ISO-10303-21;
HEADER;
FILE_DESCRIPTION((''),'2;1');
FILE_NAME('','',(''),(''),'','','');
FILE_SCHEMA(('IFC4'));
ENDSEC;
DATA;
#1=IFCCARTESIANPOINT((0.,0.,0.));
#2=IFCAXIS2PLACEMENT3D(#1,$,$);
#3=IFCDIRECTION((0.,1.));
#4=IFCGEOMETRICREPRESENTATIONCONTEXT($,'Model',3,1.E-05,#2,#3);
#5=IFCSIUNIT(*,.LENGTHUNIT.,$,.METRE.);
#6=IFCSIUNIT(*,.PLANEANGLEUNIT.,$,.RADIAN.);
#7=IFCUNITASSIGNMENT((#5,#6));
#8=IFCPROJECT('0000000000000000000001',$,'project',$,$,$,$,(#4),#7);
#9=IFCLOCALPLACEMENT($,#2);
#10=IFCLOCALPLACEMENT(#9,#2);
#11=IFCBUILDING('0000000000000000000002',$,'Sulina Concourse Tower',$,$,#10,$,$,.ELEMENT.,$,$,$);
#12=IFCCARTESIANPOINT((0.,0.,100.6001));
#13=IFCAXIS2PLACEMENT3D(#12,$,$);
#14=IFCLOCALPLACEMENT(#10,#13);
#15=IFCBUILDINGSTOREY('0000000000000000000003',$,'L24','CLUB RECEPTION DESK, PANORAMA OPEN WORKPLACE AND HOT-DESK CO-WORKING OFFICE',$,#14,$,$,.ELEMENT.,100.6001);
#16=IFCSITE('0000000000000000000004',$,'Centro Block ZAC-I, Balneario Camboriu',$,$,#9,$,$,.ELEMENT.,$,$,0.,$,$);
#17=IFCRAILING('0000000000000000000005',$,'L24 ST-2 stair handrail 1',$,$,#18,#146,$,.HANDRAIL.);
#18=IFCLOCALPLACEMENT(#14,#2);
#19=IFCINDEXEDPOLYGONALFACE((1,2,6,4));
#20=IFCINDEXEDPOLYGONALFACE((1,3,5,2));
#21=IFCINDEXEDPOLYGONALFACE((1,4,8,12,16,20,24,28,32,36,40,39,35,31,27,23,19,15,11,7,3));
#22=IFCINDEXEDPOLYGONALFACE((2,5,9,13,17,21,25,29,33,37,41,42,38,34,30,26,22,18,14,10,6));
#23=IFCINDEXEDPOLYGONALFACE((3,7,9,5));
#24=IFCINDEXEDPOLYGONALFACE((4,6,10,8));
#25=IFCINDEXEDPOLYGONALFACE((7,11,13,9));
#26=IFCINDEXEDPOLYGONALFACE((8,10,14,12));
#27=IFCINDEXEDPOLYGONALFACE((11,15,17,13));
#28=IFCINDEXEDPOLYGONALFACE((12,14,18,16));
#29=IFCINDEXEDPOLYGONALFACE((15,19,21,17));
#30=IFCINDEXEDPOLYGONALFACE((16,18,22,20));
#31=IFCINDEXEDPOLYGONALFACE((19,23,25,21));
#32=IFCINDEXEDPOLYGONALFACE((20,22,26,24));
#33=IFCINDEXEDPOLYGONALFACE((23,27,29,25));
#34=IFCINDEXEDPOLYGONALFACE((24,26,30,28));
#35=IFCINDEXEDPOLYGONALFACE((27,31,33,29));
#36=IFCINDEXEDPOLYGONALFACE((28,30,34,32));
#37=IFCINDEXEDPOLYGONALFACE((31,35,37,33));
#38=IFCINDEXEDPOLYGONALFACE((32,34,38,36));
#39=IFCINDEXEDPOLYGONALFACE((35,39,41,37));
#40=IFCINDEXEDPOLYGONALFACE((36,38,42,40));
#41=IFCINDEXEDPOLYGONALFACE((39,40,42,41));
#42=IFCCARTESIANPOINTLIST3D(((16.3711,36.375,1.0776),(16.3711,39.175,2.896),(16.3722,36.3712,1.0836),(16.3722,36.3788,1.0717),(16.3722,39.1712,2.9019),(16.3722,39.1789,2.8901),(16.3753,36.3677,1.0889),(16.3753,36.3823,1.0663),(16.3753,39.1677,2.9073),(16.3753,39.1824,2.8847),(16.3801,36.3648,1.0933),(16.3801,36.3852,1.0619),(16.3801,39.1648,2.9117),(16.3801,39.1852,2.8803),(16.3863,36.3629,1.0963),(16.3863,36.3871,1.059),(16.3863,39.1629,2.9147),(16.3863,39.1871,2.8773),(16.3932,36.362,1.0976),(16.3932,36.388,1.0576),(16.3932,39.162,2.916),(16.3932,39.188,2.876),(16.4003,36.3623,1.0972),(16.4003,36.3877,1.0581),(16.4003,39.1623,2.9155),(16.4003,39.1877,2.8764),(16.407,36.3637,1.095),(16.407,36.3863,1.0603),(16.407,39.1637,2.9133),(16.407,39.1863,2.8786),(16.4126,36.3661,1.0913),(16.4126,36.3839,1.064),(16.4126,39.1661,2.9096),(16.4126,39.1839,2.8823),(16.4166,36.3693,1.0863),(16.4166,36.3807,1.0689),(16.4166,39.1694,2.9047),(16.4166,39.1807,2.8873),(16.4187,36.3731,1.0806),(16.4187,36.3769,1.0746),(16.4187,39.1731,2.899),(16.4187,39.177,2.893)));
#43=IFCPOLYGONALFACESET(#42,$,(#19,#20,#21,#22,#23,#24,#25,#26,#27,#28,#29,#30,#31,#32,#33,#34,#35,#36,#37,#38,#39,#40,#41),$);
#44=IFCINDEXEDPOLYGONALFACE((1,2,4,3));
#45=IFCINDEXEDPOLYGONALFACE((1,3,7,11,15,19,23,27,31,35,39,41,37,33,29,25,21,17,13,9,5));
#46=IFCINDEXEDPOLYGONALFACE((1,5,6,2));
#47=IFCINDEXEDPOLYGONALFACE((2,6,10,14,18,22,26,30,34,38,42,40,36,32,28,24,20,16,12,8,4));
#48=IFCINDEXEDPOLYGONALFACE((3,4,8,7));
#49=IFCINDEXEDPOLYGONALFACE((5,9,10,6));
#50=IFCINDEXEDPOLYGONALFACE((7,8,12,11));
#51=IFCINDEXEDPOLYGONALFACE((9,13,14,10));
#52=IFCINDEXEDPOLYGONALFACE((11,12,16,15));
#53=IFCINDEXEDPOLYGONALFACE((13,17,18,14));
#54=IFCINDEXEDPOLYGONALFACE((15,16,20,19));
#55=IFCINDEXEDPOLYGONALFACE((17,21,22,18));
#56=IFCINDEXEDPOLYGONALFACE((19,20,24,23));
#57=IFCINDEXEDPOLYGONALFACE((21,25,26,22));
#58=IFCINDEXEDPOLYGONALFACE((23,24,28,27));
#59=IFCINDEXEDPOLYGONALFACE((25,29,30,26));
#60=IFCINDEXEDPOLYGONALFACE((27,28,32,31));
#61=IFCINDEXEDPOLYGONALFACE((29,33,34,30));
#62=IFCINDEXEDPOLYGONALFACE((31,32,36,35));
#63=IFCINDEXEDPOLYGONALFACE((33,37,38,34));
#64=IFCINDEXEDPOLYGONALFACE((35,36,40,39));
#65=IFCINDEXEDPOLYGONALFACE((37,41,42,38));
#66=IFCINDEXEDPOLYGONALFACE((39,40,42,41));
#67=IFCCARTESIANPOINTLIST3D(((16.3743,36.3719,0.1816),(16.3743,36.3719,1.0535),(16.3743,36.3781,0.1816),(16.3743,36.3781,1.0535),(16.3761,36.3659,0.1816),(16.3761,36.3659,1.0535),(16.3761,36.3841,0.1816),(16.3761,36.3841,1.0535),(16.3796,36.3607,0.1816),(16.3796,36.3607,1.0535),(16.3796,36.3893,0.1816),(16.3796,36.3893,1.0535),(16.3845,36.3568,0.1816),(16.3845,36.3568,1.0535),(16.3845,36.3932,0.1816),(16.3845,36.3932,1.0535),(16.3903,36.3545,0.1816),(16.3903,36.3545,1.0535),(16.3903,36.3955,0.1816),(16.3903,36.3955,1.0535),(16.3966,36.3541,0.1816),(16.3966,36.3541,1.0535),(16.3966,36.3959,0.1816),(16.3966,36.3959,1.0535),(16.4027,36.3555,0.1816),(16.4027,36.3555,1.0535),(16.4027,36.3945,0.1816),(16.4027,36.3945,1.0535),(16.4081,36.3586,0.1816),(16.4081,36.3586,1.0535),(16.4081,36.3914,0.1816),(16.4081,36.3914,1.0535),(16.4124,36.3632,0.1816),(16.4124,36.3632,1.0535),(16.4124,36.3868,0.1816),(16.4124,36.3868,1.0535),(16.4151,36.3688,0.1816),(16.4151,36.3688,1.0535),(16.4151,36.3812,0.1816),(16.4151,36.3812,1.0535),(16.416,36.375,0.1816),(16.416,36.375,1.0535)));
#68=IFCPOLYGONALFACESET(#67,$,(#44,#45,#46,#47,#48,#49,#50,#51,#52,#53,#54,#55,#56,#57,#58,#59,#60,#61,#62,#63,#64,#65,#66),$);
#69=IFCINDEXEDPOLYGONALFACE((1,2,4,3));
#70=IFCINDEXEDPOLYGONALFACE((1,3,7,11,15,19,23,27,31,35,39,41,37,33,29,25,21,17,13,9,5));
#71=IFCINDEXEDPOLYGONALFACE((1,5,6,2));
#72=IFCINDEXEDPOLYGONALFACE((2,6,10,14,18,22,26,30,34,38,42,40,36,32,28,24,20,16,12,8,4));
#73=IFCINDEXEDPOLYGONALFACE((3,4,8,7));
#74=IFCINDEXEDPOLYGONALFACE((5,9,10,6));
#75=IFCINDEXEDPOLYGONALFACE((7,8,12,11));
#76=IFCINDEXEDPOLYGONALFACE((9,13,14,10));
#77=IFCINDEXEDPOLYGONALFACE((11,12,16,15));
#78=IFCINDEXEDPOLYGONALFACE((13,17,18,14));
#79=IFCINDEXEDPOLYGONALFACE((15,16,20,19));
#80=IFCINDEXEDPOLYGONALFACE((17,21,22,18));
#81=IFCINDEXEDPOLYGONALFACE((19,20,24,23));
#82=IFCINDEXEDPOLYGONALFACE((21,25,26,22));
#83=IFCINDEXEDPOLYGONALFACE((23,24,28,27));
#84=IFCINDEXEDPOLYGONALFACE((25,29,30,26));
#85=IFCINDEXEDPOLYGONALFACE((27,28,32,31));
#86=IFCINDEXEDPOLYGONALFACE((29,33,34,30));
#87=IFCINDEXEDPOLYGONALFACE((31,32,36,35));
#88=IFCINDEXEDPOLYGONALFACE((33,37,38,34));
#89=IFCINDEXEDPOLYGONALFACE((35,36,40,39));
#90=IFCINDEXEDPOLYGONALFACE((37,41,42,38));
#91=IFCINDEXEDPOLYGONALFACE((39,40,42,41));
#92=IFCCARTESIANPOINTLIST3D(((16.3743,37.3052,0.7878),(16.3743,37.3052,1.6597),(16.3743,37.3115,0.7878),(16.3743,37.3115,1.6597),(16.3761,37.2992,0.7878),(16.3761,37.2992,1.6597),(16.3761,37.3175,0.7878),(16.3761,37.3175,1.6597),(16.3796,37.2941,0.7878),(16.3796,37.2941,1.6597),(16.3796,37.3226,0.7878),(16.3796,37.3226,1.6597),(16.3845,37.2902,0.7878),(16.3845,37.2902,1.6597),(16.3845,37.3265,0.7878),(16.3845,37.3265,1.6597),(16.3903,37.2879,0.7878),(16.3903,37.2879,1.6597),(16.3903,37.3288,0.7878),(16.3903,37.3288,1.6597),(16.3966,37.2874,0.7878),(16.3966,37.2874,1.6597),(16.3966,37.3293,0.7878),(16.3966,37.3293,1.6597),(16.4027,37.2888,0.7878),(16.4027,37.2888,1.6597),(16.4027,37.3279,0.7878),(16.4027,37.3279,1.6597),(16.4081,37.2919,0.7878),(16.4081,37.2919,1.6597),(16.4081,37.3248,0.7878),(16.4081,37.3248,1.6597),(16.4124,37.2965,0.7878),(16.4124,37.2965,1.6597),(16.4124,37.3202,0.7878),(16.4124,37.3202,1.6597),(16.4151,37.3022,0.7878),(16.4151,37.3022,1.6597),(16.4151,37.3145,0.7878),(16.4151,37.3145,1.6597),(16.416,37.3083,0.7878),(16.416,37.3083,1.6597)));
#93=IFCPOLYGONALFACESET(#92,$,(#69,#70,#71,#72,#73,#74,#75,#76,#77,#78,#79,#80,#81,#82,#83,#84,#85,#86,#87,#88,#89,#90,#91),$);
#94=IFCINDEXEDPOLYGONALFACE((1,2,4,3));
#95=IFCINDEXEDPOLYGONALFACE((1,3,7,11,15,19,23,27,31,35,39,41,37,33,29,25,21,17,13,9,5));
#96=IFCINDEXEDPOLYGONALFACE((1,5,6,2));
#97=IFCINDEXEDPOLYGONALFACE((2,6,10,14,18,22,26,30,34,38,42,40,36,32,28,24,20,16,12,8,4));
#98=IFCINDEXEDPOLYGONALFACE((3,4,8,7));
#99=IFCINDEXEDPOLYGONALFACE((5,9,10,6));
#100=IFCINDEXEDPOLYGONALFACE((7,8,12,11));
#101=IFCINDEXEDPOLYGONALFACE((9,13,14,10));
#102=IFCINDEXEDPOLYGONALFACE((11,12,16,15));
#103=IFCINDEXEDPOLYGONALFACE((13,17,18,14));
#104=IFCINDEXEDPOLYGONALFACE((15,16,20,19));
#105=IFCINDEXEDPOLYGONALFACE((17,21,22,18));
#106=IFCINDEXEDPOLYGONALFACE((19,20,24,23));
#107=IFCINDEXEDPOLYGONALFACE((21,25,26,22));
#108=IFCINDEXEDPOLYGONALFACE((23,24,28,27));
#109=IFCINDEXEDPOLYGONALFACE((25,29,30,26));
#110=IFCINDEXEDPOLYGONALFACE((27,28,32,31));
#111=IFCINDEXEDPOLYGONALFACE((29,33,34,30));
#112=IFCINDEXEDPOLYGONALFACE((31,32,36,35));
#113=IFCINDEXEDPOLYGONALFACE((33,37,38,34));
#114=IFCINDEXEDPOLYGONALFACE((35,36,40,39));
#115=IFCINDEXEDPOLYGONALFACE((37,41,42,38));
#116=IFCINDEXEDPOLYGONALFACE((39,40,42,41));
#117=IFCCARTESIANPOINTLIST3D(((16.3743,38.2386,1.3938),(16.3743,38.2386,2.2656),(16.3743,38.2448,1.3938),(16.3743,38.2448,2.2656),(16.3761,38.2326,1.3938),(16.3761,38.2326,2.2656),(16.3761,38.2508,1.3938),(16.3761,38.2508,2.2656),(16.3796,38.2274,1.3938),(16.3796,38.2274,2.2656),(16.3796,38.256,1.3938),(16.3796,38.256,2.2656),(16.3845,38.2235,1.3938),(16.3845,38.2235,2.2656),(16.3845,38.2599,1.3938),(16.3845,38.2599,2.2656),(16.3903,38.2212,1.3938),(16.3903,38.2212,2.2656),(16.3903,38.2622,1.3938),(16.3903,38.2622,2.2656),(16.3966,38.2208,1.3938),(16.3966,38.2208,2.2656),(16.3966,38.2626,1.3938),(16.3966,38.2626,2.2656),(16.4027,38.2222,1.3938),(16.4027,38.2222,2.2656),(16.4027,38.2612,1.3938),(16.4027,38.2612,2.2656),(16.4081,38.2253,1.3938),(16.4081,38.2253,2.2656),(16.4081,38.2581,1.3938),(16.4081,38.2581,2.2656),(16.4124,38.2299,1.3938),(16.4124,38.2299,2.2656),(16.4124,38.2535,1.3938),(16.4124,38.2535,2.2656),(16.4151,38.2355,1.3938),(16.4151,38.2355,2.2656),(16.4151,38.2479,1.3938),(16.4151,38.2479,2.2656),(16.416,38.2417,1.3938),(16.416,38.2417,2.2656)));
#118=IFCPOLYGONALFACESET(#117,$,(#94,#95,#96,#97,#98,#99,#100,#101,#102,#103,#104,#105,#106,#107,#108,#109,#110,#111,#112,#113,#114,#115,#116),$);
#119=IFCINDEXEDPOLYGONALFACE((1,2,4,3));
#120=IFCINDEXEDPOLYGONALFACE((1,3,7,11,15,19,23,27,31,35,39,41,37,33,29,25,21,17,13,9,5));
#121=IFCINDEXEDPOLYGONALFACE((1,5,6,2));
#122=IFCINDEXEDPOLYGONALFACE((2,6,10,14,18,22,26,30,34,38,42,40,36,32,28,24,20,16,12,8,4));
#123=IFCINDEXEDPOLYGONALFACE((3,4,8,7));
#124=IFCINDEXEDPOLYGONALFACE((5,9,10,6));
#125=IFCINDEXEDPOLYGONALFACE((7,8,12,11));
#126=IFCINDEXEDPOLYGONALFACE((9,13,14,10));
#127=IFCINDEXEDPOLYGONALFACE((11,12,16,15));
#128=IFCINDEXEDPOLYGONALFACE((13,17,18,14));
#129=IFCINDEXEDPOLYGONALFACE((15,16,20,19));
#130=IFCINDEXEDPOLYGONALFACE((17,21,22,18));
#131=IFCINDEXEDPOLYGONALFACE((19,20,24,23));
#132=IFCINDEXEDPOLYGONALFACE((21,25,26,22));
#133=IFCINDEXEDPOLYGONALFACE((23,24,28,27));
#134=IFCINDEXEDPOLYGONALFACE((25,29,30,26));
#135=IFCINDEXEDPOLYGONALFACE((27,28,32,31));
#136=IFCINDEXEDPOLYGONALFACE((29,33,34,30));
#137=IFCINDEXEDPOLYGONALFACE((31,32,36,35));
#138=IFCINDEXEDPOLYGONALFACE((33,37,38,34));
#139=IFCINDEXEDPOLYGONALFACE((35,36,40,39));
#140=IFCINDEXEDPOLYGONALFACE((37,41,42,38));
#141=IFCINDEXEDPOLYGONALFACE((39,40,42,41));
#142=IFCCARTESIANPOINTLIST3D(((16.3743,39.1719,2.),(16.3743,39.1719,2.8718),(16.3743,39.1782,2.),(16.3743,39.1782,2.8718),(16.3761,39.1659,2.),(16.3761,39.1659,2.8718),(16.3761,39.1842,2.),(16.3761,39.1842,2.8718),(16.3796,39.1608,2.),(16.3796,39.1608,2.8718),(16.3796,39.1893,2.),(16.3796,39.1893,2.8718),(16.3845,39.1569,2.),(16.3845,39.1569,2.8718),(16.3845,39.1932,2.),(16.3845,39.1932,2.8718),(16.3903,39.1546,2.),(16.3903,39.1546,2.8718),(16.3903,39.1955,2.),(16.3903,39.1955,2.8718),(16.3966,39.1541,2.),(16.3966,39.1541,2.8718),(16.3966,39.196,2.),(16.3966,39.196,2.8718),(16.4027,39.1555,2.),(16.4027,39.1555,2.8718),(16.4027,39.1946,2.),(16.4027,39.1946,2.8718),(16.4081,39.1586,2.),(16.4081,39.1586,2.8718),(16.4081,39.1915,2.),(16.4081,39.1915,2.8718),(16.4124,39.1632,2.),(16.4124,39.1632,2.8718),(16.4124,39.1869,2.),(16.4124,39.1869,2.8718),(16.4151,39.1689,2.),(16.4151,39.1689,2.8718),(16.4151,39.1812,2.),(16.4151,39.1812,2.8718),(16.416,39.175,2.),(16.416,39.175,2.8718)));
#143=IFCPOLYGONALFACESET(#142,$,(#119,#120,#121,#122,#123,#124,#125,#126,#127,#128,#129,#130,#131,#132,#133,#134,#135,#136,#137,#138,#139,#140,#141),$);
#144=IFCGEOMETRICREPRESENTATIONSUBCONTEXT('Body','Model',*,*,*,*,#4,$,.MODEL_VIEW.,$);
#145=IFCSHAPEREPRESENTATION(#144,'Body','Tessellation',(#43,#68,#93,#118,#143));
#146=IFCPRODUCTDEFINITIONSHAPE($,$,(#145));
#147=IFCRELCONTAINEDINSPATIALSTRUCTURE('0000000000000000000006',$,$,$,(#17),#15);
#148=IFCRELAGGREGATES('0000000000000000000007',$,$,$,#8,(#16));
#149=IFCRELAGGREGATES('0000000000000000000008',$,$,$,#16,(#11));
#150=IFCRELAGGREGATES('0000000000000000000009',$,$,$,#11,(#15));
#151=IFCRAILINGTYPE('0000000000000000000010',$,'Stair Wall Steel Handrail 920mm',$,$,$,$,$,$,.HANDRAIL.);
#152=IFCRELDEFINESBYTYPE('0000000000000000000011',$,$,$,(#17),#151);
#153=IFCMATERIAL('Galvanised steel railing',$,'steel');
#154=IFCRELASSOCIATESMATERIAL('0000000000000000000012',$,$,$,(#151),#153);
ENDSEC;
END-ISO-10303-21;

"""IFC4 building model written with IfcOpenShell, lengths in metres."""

from ifc_helpers import new_model, si_unit, direction, frame, origin, origin_2d, place, context, subcontext, project, spatial, circle, extrude, material, type_object, element, save


model = new_model("IFC4")

# Units and contexts
model_context = context("Model", 3, precision=1e-05, world=origin(), true_north=direction((0.0, 1.0)))
body_context = subcontext(model_context, "Body", "Model", "MODEL_VIEW")
ifc_project = project(units=[si_unit("LENGTHUNIT", "METRE"), si_unit("PLANEANGLEUNIT", "RADIAN")], contexts=[model_context])

# Site, building, storey
site_placement = place(None, origin())
site = spatial("IfcSite", under=ifc_project, at=site_placement, Name="Centro Block ZAC-I, Balneario Camboriu", CompositionType="ELEMENT", RefElevation=0.0)
building_placement = place(site_placement, origin())
building = spatial("IfcBuilding", under=site, at=building_placement, Name="Sulina Concourse Tower", CompositionType="ELEMENT")
storey_placement = place(building_placement, frame((0.0, 0.0, 100.6001)))
storey = spatial("IfcBuildingStorey", under=building, at=storey_placement, Name="L24", Description="CLUB RECEPTION DESK, PANORAMA OPEN WORKPLACE AND HOT-DESK CO-WORKING OFFICE", CompositionType="ELEMENT", Elevation=100.6001)

# Railing
ifc_material_1 = material(Name="Galvanised steel railing", Category="steel")
railing_type_1 = type_object("IfcRailingType", Name="Stair Wall Steel Handrail 920mm", PredefinedType="HANDRAIL", material=ifc_material_1)
railing_1_placement = place(storey_placement, frame((16.395, 36.375, 0.1816)))
element("IfcRailing", 1, at=railing_1_placement, inside=storey, type_object=railing_type_1, Name="L24 ST-2 stair handrail 1", PredefinedType="HANDRAIL", context=body_context, shape_type="SweptSolid", body=[
    extrude(circle(Radius=0.0239, at=origin_2d()), frame((0.0, 0.0, 0.896), z_axis=(0.0, 0.838672, 0.544636), x_axis=(-1.0, 0.0, 0.0)), (0.0, 0.0, 1.0), 3.3386),
    extrude(circle(Radius=0.021, at=origin_2d()), origin(), (0.0, 0.0, 1.0), 0.8718),
    extrude(circle(Radius=0.021, at=origin_2d()), frame((0.0, 0.9333, 0.6062)), (0.0, 0.0, 1.0), 0.8718),
    extrude(circle(Radius=0.021, at=origin_2d()), frame((0.0, 1.8667, 1.2122)), (0.0, 0.0, 1.0), 0.8718),
    extrude(circle(Radius=0.021, at=origin_2d()), frame((0.0, 2.8, 1.8184)), (0.0, 0.0, 1.0), 0.8718),
])

save(model, "model.ifc")
